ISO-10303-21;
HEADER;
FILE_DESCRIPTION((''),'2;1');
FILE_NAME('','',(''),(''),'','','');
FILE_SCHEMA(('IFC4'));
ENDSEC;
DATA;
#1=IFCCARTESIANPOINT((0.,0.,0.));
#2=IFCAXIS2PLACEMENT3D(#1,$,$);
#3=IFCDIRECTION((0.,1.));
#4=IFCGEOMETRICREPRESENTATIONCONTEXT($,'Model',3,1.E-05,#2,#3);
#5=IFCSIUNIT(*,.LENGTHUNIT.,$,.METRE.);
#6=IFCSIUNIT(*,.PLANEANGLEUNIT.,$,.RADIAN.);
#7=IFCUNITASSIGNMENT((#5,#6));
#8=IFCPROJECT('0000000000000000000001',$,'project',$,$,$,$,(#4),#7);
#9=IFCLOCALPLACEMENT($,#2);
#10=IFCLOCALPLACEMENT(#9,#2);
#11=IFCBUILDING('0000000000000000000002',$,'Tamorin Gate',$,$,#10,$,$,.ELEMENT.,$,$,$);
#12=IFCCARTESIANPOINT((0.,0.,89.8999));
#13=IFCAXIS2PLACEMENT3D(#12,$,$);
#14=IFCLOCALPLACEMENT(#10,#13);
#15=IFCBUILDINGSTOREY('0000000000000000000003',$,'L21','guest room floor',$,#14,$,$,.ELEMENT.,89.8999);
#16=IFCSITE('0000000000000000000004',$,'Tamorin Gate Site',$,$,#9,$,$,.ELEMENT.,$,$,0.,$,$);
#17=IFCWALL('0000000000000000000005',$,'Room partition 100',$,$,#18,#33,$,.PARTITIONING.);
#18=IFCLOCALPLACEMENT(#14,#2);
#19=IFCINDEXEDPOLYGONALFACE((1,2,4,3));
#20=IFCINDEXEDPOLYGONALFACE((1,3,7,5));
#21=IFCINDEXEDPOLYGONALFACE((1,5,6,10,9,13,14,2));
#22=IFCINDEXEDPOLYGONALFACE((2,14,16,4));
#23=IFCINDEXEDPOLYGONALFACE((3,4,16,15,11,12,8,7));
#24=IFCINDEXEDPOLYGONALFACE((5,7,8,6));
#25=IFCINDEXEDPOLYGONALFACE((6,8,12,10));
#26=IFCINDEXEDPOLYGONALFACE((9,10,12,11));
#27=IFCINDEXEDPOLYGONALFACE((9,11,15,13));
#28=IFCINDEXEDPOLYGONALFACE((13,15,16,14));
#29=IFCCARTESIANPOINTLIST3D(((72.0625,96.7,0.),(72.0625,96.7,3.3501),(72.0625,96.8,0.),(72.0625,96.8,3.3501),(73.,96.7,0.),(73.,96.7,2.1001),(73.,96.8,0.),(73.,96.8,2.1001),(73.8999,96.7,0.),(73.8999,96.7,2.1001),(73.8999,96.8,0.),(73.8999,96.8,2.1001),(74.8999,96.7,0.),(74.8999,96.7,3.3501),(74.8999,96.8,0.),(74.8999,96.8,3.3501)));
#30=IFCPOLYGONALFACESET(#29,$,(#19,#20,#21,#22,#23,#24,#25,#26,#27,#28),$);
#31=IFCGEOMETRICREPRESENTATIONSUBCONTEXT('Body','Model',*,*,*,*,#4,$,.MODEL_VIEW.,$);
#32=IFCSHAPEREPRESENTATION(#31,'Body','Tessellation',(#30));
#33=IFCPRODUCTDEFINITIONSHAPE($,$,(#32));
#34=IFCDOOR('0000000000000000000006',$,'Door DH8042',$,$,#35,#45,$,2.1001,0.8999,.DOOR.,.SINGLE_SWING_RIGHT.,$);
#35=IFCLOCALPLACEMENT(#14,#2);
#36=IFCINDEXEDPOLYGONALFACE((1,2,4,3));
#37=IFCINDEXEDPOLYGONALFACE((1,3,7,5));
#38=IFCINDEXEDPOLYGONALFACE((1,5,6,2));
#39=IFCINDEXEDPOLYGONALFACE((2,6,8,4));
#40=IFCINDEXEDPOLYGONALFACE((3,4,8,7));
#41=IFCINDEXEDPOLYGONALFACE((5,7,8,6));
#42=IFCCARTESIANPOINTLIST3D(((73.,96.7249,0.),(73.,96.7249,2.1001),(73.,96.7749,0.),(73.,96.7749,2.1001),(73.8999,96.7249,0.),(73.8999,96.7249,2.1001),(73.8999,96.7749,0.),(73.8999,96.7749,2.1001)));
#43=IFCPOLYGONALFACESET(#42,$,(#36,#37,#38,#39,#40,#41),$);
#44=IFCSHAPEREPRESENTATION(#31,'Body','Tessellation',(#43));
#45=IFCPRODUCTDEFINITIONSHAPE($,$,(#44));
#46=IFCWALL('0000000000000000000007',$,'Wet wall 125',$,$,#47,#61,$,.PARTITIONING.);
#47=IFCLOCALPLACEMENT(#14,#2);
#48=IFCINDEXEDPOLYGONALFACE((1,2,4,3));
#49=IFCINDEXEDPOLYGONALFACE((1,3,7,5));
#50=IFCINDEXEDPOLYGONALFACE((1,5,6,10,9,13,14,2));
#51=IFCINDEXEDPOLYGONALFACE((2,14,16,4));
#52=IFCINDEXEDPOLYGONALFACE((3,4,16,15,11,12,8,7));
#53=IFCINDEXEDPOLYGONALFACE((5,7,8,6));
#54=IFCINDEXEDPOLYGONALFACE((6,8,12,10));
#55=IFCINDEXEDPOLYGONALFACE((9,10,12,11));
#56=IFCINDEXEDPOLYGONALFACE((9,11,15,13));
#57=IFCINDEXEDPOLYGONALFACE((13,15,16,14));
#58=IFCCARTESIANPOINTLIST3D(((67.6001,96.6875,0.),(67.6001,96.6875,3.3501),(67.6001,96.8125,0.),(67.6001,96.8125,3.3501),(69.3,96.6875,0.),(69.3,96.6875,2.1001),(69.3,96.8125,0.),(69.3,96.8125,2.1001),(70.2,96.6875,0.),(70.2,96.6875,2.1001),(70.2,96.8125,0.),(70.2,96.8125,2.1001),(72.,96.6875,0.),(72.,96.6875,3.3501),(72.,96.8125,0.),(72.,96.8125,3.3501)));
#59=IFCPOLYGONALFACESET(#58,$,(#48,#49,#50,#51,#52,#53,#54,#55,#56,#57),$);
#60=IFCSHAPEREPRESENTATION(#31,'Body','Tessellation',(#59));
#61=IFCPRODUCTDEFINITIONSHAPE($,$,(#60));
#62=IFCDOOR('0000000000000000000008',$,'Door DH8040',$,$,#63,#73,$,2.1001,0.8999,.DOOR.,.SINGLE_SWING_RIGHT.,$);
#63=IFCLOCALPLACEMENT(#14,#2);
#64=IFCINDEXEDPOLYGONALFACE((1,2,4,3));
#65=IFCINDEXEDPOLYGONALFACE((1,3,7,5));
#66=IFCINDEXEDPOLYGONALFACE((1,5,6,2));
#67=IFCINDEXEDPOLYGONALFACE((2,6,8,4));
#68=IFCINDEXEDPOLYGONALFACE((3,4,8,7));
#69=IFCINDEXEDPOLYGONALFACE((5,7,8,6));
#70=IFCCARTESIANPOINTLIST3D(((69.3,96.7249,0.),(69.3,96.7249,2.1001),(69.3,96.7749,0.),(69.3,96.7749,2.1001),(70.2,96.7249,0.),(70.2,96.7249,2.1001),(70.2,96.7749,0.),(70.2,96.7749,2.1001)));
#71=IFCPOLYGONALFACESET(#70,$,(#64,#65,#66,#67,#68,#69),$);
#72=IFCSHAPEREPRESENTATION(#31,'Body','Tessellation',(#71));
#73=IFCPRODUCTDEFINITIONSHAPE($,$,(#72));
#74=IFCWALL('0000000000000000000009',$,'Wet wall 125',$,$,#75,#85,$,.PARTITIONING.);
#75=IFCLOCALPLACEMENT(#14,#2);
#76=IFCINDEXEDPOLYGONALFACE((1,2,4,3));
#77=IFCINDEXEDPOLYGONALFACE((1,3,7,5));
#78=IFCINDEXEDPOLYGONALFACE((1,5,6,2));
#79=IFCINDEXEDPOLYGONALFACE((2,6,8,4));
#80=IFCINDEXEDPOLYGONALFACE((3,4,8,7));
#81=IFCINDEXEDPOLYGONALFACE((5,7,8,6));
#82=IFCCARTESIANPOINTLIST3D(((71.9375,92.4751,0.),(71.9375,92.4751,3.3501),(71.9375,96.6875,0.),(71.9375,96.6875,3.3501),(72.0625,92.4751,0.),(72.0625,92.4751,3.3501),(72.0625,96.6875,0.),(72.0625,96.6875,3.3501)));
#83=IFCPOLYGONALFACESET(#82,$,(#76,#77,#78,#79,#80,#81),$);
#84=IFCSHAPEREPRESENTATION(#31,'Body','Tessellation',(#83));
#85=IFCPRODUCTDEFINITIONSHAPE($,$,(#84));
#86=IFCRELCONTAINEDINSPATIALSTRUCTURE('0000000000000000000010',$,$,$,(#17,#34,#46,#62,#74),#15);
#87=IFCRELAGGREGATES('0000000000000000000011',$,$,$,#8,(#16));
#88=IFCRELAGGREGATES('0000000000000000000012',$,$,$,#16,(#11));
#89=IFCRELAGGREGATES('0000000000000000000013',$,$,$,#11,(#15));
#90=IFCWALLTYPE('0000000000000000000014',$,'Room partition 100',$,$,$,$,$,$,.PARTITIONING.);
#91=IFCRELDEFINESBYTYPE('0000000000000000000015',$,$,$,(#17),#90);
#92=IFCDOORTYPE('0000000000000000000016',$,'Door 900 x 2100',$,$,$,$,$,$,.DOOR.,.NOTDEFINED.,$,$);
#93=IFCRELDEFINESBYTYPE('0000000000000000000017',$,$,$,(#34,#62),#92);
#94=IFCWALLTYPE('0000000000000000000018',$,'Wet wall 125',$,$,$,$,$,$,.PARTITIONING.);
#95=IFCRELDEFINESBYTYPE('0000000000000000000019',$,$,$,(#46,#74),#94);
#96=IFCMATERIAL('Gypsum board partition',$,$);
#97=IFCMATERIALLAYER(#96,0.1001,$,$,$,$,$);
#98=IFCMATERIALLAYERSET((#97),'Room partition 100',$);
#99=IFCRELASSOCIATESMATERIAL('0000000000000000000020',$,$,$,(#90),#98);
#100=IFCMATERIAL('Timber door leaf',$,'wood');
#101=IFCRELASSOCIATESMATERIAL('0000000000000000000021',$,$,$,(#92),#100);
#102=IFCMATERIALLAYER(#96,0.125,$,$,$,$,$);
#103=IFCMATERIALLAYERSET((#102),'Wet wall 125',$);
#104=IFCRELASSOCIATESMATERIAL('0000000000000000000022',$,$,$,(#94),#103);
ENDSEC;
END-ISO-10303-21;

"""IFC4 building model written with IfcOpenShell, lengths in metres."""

from ifc_helpers import new_model, si_unit, direction, frame, frame_2d, origin, place, context, subcontext, project, spatial, rectangle, extrude, material, layer, layer_set, type_object, element, fill, save


model = new_model("IFC4")

# Units and contexts
model_context = context("Model", 3, precision=1e-05, world=origin(), true_north=direction((0.0, 1.0)))
body_context = subcontext(model_context, "Body", "Model", "MODEL_VIEW")
ifc_project = project(units=[si_unit("LENGTHUNIT", "METRE"), si_unit("PLANEANGLEUNIT", "RADIAN")], contexts=[model_context])

# Site, building, storey
site_placement = place(None, origin())
site = spatial("IfcSite", under=ifc_project, at=site_placement, Name="Tamorin Gate Site", CompositionType="ELEMENT", RefElevation=0.0)
building_placement = place(site_placement, origin())
building = spatial("IfcBuilding", under=site, at=building_placement, Name="Tamorin Gate", CompositionType="ELEMENT")
storey_placement = place(building_placement, frame((0.0, 0.0, 89.8999)))
storey = spatial("IfcBuildingStorey", under=building, at=storey_placement, Name="L21", Description="guest room floor", CompositionType="ELEMENT", Elevation=89.8999)

# Shared definitions
ifc_material_1 = material(Name="Gypsum board partition")

# Walls, openings, doors
ifc_layer_1 = layer(ifc_material_1, 0.1001)
ifc_layer_set_1 = layer_set([ifc_layer_1], Name="Room partition 100")
wall_type_1 = type_object("IfcWallType", Name="Room partition 100", PredefinedType="PARTITIONING", material=ifc_layer_set_1)
wall_1_placement = place(storey_placement, frame((72.0625, 96.75, 0.0), z_axis=(0.0, 0.0, 1.0), x_axis=(1.0, 0.0, 0.0)))
wall_1 = element("IfcWall", 1, at=wall_1_placement, inside=storey, type_object=wall_type_1, Name="Room partition 100", PredefinedType="PARTITIONING", context=body_context, shape_type="SweptSolid", body=[
    extrude(rectangle(XDim=2.8374, YDim=0.1001, at=frame_2d((1.4187, 0.0))), origin(), (0.0, 0.0, 1.0), 3.3501),
])
opening_1_placement = place(wall_1_placement, frame((0.9375, 0.0, 0.0)))
opening_1 = element("IfcOpeningElement", 2, at=opening_1_placement, cuts=wall_1, PredefinedType="OPENING", context=body_context, shape_type="SweptSolid", body=[
    extrude(rectangle(XDim=0.8999, YDim=2.1001, at=frame_2d((0.45, 1.05))), frame((0.0, 0.0601, 0.0), z_axis=(0.0, -1.0, 0.0), x_axis=(1.0, 0.0, 0.0)), (0.0, 0.0, 1.0), 0.1201),
])
ifc_material_2 = material(Name="Timber door leaf", Category="wood")
door_type = type_object("IfcDoorType", Name="Door 900 x 2100", OperationType="NOTDEFINED", PredefinedType="DOOR", material=ifc_material_2)
door_1_placement = place(opening_1_placement, origin())
door_1 = element("IfcDoor", 3, at=door_1_placement, inside=storey, type_object=door_type, Name="Door DH8042", OperationType="SINGLE_SWING_RIGHT", OverallHeight=2.1001, OverallWidth=0.8999, PredefinedType="DOOR", context=body_context, shape_type="SweptSolid", body=[
    extrude(rectangle(XDim=0.8999, YDim=2.1001, at=frame_2d((0.45, 1.05))), frame((0.0, 0.0249, 0.0), z_axis=(0.0, -1.0, 0.0), x_axis=(1.0, 0.0, 0.0)), (0.0, 0.0, 1.0), 0.05),
])
fill(opening_1, door_1)
ifc_layer_2 = layer(ifc_material_1, 0.125)
ifc_layer_set_2 = layer_set([ifc_layer_2], Name="Wet wall 125")
wall_type_2 = type_object("IfcWallType", Name="Wet wall 125", PredefinedType="PARTITIONING", material=ifc_layer_set_2)
wall_2_placement = place(storey_placement, frame((67.6001, 96.75, 0.0), z_axis=(0.0, 0.0, 1.0), x_axis=(1.0, 0.0, 0.0)))
wall_2 = element("IfcWall", 4, at=wall_2_placement, inside=storey, type_object=wall_type_2, Name="Wet wall 125", PredefinedType="PARTITIONING", context=body_context, shape_type="SweptSolid", body=[
    extrude(rectangle(XDim=4.3999, YDim=0.125, at=frame_2d((2.2, 0.0))), origin(), (0.0, 0.0, 1.0), 3.3501),
])
opening_2_placement = place(wall_2_placement, frame((1.7, 0.0, 0.0)))
opening_2 = element("IfcOpeningElement", 5, at=opening_2_placement, cuts=wall_2, PredefinedType="OPENING", context=body_context, shape_type="SweptSolid", body=[
    extrude(rectangle(XDim=0.8999, YDim=2.1001, at=frame_2d((0.45, 1.05))), frame((0.0, 0.0725, 0.0), z_axis=(0.0, -1.0, 0.0), x_axis=(1.0, 0.0, 0.0)), (0.0, 0.0, 1.0), 0.145),
])
door_2_placement = place(opening_2_placement, origin())
door_2 = element("IfcDoor", 6, at=door_2_placement, inside=storey, type_object=door_type, Name="Door DH8040", OperationType="SINGLE_SWING_RIGHT", OverallHeight=2.1001, OverallWidth=0.8999, PredefinedType="DOOR", context=body_context, shape_type="SweptSolid", body=[
    extrude(rectangle(XDim=0.8999, YDim=2.1001, at=frame_2d((0.45, 1.05))), frame((0.0, 0.0249, 0.0), z_axis=(0.0, -1.0, 0.0), x_axis=(1.0, 0.0, 0.0)), (0.0, 0.0, 1.0), 0.05),
])
fill(opening_2, door_2)

# Wall
wall_3_placement = place(storey_placement, frame((72.0, 92.4751, 0.0), z_axis=(0.0, 0.0, 1.0), x_axis=(0.0, 1.0, 0.0)))
element("IfcWall", 7, at=wall_3_placement, inside=storey, type_object=wall_type_2, Name="Wet wall 125", PredefinedType="PARTITIONING", context=body_context, shape_type="SweptSolid", body=[
    extrude(rectangle(XDim=4.2124, YDim=0.125, at=frame_2d((2.1062, 0.0))), origin(), (0.0, 0.0, 1.0), 3.3501),
])

save(model, "model.ifc")
